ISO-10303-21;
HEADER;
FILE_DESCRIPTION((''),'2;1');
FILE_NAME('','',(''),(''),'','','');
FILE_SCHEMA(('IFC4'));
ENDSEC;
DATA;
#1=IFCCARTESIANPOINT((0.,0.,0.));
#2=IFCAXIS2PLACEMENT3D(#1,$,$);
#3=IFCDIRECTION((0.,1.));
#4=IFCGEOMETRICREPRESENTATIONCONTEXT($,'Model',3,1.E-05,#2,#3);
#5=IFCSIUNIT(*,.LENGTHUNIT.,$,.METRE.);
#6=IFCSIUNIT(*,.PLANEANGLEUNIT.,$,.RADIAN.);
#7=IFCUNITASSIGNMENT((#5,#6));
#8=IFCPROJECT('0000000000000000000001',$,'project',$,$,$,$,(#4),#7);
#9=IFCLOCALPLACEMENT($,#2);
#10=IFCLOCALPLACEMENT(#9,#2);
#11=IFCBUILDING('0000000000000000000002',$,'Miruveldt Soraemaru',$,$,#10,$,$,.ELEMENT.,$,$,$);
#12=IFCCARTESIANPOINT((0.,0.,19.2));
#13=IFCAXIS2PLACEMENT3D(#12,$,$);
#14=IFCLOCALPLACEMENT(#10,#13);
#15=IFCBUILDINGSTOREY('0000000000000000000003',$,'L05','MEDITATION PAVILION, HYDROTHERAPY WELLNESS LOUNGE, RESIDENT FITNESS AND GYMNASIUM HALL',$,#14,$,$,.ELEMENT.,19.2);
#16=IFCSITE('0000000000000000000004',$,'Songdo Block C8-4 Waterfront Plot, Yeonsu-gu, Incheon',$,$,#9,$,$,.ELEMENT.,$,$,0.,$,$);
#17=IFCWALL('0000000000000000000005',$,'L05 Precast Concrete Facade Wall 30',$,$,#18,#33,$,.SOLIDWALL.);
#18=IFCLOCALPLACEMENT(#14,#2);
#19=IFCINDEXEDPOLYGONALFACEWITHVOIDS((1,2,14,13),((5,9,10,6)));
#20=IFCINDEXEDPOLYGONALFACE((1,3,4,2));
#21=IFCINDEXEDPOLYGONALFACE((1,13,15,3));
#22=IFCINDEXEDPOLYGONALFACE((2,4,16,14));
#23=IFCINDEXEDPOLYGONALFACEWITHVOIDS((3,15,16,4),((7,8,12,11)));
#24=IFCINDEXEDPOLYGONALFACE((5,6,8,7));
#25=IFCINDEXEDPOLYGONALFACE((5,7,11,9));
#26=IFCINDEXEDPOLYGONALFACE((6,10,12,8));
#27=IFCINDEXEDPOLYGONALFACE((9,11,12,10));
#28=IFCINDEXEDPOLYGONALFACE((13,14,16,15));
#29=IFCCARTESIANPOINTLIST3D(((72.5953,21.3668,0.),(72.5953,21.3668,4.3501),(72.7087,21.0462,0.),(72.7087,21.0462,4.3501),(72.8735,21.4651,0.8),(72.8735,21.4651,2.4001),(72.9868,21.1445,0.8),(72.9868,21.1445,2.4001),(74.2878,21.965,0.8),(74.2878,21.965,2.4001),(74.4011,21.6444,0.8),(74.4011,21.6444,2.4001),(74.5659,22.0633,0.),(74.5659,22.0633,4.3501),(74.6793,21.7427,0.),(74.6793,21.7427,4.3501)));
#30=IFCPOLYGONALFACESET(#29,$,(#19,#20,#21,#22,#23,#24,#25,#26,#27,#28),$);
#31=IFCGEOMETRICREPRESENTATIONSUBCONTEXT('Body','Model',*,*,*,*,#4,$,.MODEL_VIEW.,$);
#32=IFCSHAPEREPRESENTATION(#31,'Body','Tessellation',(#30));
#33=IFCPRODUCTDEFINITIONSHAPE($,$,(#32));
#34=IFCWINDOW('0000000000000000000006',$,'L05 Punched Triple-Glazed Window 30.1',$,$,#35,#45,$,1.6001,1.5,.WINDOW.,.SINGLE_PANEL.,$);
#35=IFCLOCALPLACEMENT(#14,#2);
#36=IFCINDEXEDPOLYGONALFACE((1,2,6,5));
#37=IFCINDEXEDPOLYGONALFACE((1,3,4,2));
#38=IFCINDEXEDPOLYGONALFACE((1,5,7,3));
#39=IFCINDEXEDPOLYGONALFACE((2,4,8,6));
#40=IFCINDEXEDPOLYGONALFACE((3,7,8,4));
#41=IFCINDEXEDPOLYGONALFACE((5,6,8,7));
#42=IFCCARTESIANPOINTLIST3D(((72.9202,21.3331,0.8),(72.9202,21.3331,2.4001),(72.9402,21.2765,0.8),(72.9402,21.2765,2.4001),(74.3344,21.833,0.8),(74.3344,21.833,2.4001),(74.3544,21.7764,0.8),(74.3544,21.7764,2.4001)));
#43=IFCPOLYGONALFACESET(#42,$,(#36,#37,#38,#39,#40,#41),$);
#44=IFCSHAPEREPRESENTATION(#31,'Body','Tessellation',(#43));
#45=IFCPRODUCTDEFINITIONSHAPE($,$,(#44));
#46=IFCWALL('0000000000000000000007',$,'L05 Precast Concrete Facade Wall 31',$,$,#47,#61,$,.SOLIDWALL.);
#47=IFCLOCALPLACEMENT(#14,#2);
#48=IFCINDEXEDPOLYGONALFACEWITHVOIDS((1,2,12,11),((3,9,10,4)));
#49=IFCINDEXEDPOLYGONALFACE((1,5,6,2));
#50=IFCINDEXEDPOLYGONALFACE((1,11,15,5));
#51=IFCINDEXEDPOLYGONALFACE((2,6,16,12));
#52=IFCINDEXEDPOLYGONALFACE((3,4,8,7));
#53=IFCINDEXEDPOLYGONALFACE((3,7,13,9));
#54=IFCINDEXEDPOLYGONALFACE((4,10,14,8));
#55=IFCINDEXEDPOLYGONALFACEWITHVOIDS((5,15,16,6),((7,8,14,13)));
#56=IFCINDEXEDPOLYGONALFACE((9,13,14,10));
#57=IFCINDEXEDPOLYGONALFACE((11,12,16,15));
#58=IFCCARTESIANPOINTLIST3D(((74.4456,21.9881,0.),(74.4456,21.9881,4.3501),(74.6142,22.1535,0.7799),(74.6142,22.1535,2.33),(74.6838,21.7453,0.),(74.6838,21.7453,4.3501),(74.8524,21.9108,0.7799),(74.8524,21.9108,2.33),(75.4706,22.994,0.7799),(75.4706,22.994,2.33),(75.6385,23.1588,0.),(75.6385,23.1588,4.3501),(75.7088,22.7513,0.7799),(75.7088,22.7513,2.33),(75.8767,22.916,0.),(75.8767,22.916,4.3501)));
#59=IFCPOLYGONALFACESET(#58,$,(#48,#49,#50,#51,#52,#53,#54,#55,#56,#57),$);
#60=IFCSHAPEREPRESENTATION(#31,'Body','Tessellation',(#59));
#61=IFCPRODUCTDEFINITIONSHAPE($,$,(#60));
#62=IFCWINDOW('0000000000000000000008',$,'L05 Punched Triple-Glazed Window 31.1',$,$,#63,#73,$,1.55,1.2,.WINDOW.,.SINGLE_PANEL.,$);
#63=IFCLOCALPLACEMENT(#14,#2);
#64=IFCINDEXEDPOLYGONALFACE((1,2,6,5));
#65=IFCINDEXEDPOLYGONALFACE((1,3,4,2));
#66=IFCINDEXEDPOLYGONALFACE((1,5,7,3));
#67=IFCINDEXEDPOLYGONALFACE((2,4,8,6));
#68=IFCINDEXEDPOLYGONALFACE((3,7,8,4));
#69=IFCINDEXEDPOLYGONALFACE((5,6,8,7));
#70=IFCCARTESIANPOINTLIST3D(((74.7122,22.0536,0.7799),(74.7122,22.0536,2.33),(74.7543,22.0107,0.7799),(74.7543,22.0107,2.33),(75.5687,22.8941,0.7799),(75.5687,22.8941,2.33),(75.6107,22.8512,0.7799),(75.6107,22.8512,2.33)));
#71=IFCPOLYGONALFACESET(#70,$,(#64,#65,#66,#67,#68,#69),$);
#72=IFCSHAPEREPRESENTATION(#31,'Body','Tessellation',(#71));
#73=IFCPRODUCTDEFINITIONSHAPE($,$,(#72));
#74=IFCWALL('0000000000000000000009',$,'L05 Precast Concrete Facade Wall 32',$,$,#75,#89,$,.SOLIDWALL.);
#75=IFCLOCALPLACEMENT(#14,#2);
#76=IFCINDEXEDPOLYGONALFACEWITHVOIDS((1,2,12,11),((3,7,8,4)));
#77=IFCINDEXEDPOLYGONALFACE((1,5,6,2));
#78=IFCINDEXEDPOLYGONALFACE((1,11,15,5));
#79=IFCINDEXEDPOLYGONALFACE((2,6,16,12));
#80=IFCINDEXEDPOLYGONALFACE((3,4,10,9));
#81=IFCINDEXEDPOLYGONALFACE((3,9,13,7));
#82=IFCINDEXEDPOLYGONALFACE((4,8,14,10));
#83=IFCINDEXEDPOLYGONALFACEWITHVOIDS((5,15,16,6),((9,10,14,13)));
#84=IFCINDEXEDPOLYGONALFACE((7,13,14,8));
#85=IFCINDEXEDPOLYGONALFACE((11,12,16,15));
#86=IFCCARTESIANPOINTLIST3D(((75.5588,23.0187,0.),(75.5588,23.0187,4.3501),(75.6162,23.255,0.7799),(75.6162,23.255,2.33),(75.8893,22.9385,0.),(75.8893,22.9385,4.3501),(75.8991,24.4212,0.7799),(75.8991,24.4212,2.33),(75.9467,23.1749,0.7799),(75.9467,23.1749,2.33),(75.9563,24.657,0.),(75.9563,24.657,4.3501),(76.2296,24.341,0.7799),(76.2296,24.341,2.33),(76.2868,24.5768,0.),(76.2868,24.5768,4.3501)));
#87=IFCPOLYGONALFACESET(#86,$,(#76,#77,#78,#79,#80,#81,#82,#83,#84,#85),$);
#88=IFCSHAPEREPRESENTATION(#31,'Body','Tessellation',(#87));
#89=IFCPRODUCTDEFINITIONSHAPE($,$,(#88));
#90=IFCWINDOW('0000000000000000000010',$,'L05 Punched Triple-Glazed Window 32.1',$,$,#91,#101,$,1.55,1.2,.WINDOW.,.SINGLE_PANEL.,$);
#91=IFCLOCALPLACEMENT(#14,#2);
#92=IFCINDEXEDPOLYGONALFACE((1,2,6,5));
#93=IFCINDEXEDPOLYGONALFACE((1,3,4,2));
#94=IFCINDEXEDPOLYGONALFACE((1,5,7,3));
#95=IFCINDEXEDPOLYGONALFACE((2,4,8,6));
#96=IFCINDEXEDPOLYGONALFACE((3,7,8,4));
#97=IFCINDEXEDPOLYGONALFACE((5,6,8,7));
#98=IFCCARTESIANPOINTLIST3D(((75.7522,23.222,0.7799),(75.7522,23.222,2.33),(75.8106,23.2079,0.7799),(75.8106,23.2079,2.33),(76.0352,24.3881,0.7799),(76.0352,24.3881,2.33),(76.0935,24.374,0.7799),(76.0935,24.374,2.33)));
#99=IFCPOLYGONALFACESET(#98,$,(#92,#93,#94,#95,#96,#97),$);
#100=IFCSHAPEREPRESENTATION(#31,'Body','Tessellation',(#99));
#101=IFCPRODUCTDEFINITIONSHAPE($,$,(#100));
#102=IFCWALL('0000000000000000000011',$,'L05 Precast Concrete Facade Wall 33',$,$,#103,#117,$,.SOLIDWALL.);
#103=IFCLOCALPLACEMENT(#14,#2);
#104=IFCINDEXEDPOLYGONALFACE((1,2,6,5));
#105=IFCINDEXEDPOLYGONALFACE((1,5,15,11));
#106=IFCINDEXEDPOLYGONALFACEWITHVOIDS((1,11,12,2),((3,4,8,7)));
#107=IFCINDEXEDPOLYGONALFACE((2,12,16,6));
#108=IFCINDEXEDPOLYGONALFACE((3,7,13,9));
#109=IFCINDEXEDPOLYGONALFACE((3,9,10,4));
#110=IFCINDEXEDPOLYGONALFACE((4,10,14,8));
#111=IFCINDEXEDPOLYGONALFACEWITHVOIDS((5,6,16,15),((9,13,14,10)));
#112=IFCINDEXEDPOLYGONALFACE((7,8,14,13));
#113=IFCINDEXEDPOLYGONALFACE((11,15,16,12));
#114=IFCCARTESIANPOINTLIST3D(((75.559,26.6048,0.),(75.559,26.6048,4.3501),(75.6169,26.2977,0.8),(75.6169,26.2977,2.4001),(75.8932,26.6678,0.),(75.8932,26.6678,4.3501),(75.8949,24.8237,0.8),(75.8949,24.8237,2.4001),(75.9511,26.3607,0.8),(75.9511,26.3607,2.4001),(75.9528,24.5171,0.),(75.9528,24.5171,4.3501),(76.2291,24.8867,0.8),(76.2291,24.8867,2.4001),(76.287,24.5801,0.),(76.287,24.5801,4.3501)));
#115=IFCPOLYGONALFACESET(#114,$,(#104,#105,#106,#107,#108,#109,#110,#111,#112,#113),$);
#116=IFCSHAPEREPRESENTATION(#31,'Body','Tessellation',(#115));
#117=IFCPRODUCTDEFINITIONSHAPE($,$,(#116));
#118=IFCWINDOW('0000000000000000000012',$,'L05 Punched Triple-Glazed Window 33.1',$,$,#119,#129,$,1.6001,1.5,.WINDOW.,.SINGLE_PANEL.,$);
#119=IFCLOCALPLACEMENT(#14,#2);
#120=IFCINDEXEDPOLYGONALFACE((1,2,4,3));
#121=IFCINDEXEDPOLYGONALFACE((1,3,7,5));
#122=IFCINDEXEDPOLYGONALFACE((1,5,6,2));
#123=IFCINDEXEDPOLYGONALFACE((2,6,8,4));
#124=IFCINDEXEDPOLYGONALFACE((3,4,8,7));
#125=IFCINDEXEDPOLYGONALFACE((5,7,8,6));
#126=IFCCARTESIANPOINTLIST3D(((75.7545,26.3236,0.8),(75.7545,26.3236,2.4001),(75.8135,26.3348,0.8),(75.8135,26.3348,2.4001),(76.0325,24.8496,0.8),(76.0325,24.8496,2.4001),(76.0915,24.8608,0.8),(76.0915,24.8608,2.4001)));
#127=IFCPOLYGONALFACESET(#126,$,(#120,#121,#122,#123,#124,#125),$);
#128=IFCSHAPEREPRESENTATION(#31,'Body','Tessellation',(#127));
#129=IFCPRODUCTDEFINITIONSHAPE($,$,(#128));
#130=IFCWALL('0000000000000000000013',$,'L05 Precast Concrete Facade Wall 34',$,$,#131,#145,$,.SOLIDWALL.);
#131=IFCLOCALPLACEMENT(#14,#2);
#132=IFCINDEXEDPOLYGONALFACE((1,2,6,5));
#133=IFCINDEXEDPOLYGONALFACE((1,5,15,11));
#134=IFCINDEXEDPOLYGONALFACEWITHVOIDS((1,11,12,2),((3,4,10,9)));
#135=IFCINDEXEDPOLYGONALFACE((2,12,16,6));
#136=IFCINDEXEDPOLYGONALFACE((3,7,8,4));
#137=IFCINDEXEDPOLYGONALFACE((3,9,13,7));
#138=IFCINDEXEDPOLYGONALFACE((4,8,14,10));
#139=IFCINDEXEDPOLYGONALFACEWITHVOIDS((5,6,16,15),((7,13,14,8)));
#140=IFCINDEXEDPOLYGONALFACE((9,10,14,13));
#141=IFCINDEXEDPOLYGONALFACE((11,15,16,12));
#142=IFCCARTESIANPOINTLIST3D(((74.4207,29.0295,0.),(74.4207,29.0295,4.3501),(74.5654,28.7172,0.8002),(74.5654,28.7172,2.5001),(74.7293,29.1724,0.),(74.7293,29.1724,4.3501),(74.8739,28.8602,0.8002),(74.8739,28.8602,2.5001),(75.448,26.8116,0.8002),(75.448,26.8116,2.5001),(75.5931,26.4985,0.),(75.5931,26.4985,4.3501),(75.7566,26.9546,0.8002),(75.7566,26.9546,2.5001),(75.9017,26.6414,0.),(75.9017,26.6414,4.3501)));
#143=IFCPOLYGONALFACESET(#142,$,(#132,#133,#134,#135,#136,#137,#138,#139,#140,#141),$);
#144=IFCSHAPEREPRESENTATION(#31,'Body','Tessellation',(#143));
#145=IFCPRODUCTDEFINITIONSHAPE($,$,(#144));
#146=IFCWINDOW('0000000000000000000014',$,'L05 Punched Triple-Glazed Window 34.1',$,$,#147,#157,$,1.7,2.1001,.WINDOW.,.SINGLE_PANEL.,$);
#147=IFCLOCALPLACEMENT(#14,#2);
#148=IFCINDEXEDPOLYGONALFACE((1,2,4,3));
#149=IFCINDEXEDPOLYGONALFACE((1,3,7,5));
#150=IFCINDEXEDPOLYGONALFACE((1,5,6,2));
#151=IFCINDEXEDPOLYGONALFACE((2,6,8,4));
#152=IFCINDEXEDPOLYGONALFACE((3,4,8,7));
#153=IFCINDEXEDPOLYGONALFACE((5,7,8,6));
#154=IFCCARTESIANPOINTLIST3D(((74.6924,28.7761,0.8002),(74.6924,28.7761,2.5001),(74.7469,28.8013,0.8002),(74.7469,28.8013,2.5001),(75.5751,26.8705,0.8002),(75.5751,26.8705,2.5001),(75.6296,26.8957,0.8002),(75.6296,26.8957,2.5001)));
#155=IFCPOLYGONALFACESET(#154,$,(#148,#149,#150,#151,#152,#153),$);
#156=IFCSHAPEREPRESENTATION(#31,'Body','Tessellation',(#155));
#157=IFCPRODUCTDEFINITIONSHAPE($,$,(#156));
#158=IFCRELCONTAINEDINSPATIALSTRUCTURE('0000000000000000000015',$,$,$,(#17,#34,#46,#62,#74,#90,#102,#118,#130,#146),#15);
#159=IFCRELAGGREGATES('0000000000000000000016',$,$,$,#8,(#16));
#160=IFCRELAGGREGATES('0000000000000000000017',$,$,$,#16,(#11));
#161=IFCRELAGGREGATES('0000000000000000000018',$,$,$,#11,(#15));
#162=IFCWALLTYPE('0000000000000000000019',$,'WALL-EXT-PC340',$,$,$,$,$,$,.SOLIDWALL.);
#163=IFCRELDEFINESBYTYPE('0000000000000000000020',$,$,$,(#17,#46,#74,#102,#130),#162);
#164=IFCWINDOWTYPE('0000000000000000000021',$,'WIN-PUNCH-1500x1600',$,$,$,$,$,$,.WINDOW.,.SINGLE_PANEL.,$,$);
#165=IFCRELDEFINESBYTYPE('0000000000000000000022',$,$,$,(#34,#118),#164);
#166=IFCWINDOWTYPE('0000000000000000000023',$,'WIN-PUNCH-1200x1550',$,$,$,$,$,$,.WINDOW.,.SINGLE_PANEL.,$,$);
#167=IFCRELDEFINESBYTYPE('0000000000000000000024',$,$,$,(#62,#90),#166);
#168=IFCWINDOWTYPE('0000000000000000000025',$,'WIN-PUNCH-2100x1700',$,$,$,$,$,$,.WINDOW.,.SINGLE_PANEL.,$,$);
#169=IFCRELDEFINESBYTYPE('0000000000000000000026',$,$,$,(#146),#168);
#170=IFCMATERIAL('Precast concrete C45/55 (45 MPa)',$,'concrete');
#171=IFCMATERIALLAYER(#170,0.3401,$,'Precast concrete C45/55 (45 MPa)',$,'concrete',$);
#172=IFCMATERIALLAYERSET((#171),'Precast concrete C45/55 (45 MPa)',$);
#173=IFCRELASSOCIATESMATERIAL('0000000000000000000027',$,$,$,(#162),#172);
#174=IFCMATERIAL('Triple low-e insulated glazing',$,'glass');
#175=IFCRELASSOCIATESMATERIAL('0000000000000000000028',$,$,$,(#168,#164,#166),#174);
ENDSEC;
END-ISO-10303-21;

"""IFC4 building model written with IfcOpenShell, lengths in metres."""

from ifc_helpers import new_model, si_unit, direction, frame, frame_2d, origin, place, context, subcontext, project, spatial, rectangle, extrude, material, layer, layer_set, type_object, element, fill, save


model = new_model("IFC4")

# Units and contexts
model_context = context("Model", 3, precision=1e-05, world=origin(), true_north=direction((0.0, 1.0)))
body_context = subcontext(model_context, "Body", "Model", "MODEL_VIEW")
ifc_project = project(units=[si_unit("LENGTHUNIT", "METRE"), si_unit("PLANEANGLEUNIT", "RADIAN")], contexts=[model_context])

# Site, building, storey
site_placement = place(None, origin())
site = spatial("IfcSite", under=ifc_project, at=site_placement, Name="Songdo Block C8-4 Waterfront Plot, Yeonsu-gu, Incheon", CompositionType="ELEMENT", RefElevation=0.0)
building_placement = place(site_placement, origin())
building = spatial("IfcBuilding", under=site, at=building_placement, Name="Miruveldt Soraemaru", CompositionType="ELEMENT")
storey_placement = place(building_placement, frame((0.0, 0.0, 19.2)))
storey = spatial("IfcBuildingStorey", under=building, at=storey_placement, Name="L05", Description="MEDITATION PAVILION, HYDROTHERAPY WELLNESS LOUNGE, RESIDENT FITNESS AND GYMNASIUM HALL", CompositionType="ELEMENT", Elevation=19.2)

# Walls, openings, windows
ifc_material_1 = material(Name="Precast concrete C45/55 (45 MPa)", Category="concrete")
ifc_layer_1 = layer(ifc_material_1, 0.3401, Name="Precast concrete C45/55 (45 MPa)", Category="concrete")
ifc_layer_set_1 = layer_set([ifc_layer_1], Name="Precast concrete C45/55 (45 MPa)")
wall_type_1 = type_object("IfcWallType", Name="WALL-EXT-PC340", PredefinedType="SOLIDWALL", material=ifc_layer_set_1)
ifc_material_2 = material(Name="Triple low-e insulated glazing", Category="glass")
window_type_1 = type_object("IfcWindowType", Name="WIN-PUNCH-2100x1700", PartitioningType="SINGLE_PANEL", PredefinedType="WINDOW", material=ifc_material_2)
wall_1_placement = place(storey_placement, frame((72.6521, 21.2065, 0.0), z_axis=(0.0, 0.0, 1.0), x_axis=(0.942841, 0.333242, 0.0)))
wall_1 = element("IfcWall", 1, at=wall_1_placement, inside=storey, type_object=wall_type_1, Name="L05 Precast Concrete Facade Wall 30", PredefinedType="SOLIDWALL", context=body_context, shape_type="SweptSolid", body=[
    extrude(rectangle(XDim=2.0901, YDim=0.3401, at=frame_2d((1.0449, 0.0))), origin(), (0.0, 0.0, 1.0), 4.3501),
])
opening_1_placement = place(wall_1_placement, frame((0.2949, 0.0, 0.8)))
opening_1 = element("IfcOpeningElement", 2, at=opening_1_placement, cuts=wall_1, PredefinedType="OPENING", context=body_context, shape_type="SweptSolid", body=[
    extrude(rectangle(XDim=1.5, YDim=1.6001, at=frame_2d((0.75, 0.8))), frame((0.0, 0.1802, 0.0), z_axis=(0.0, -1.0, 0.0), x_axis=(1.0, 0.0, 0.0)), (0.0, 0.0, 1.0), 0.3601),
])
window_type_2 = type_object("IfcWindowType", Name="WIN-PUNCH-1500x1600", PartitioningType="SINGLE_PANEL", PredefinedType="WINDOW", material=ifc_material_2)
window_1_placement = place(opening_1_placement, origin())
window_1 = element("IfcWindow", 3, at=window_1_placement, inside=storey, type_object=window_type_2, Name="L05 Punched Triple-Glazed Window 30.1", OverallHeight=1.6001, OverallWidth=1.5, PartitioningType="SINGLE_PANEL", PredefinedType="WINDOW", context=body_context, shape_type="SweptSolid", body=[
    extrude(rectangle(XDim=1.5, YDim=1.6001, at=frame_2d((0.75, 0.8))), frame((0.0, 0.03, 0.0), z_axis=(0.0, -1.0, 0.0), x_axis=(1.0, 0.0, 0.0)), (0.0, 0.0, 1.0), 0.0601),
])
fill(opening_1, window_1)
wall_2_placement = place(storey_placement, frame((74.5647, 21.8667, 0.0), z_axis=(0.0, 0.0, 1.0), x_axis=(0.713722, 0.700429, 0.0)))
wall_2 = element("IfcWall", 4, at=wall_2_placement, inside=storey, type_object=wall_type_1, Name="L05 Precast Concrete Facade Wall 31", PredefinedType="SOLIDWALL", context=body_context, shape_type="SweptSolid", body=[
    extrude(rectangle(XDim=1.6714, YDim=0.3401, at=frame_2d((0.8357, 0.0))), origin(), (0.0, 0.0, 1.0), 4.3501),
])
opening_2_placement = place(wall_2_placement, frame((0.2361, 0.0, 0.78)))
opening_2 = element("IfcOpeningElement", 5, at=opening_2_placement, cuts=wall_2, PredefinedType="OPENING", context=body_context, shape_type="SweptSolid", body=[
    extrude(rectangle(XDim=1.2, YDim=1.55, at=frame_2d((0.6001, 0.7749))), frame((0.0, 0.1802, 0.0), z_axis=(0.0, -1.0, 0.0), x_axis=(1.0, 0.0, 0.0)), (0.0, 0.0, 1.0), 0.3601),
])
window_type_3 = type_object("IfcWindowType", Name="WIN-PUNCH-1200x1550", PartitioningType="SINGLE_PANEL", PredefinedType="WINDOW", material=ifc_material_2)
window_2_placement = place(opening_2_placement, origin())
window_2 = element("IfcWindow", 6, at=window_2_placement, inside=storey, type_object=window_type_3, Name="L05 Punched Triple-Glazed Window 31.1", OverallHeight=1.55, OverallWidth=1.2, PartitioningType="SINGLE_PANEL", PredefinedType="WINDOW", context=body_context, shape_type="SweptSolid", body=[
    extrude(rectangle(XDim=1.2, YDim=1.55, at=frame_2d((0.6001, 0.7749))), frame((0.0, 0.03, 0.0), z_axis=(0.0, -1.0, 0.0), x_axis=(1.0, 0.0, 0.0)), (0.0, 0.0, 1.0), 0.0601),
])
fill(opening_2, window_2)
wall_3_placement = place(storey_placement, frame((75.7241, 22.9788, 0.0), z_axis=(0.0, 0.0, 1.0), x_axis=(0.235782, 0.971806, 0.0)))
wall_3 = element("IfcWall", 7, at=wall_3_placement, inside=storey, type_object=wall_type_1, Name="L05 Precast Concrete Facade Wall 32", PredefinedType="SOLIDWALL", context=body_context, shape_type="SweptSolid", body=[
    extrude(rectangle(XDim=1.6858, YDim=0.3401, at=frame_2d((0.8428, 0.0))), origin(), (0.0, 0.0, 1.0), 4.3501),
])
opening_3_placement = place(wall_3_placement, frame((0.2429, 0.0, 0.78)))
opening_3 = element("IfcOpeningElement", 8, at=opening_3_placement, cuts=wall_3, PredefinedType="OPENING", context=body_context, shape_type="SweptSolid", body=[
    extrude(rectangle(XDim=1.2, YDim=1.55, at=frame_2d((0.6001, 0.7749))), frame((0.0, 0.1802, 0.0), z_axis=(0.0, -1.0, 0.0), x_axis=(1.0, 0.0, 0.0)), (0.0, 0.0, 1.0), 0.3601),
])
window_3_placement = place(opening_3_placement, origin())
window_3 = element("IfcWindow", 9, at=window_3_placement, inside=storey, type_object=window_type_3, Name="L05 Punched Triple-Glazed Window 32.1", OverallHeight=1.55, OverallWidth=1.2, PartitioningType="SINGLE_PANEL", PredefinedType="WINDOW", context=body_context, shape_type="SweptSolid", body=[
    extrude(rectangle(XDim=1.2, YDim=1.55, at=frame_2d((0.6001, 0.7749))), frame((0.0, 0.03, 0.0), z_axis=(0.0, -1.0, 0.0), x_axis=(1.0, 0.0, 0.0)), (0.0, 0.0, 1.0), 0.0601),
])
fill(opening_3, window_3)
wall_4_placement = place(storey_placement, frame((76.1199, 24.5486, 0.0), z_axis=(0.0, 0.0, 1.0), x_axis=(-0.185364, 0.98267, 0.0)))
wall_4 = element("IfcWall", 10, at=wall_4_placement, inside=storey, type_object=wall_type_1, Name="L05 Precast Concrete Facade Wall 33", PredefinedType="SOLIDWALL", context=body_context, shape_type="SweptSolid", body=[
    extrude(rectangle(XDim=2.1245, YDim=0.3401, at=frame_2d((1.0623, 0.0))), origin(), (0.0, 0.0, 1.0), 4.3501),
])
opening_4_placement = place(wall_4_placement, frame((0.312, 0.0, 0.8)))
opening_4 = element("IfcOpeningElement", 11, at=opening_4_placement, cuts=wall_4, PredefinedType="OPENING", context=body_context, shape_type="SweptSolid", body=[
    extrude(rectangle(XDim=1.5, YDim=1.6001, at=frame_2d((0.75, 0.8))), frame((0.0, 0.1802, 0.0), z_axis=(0.0, -1.0, 0.0), x_axis=(1.0, 0.0, 0.0)), (0.0, 0.0, 1.0), 0.3601),
])
window_4_placement = place(opening_4_placement, origin())
window_4 = element("IfcWindow", 12, at=window_4_placement, inside=storey, type_object=window_type_2, Name="L05 Punched Triple-Glazed Window 33.1", OverallHeight=1.6001, OverallWidth=1.5, PartitioningType="SINGLE_PANEL", PredefinedType="WINDOW", context=body_context, shape_type="SweptSolid", body=[
    extrude(rectangle(XDim=1.5, YDim=1.6001, at=frame_2d((0.75, 0.8))), frame((0.0, 0.03, 0.0), z_axis=(0.0, -1.0, 0.0), x_axis=(1.0, 0.0, 0.0)), (0.0, 0.0, 1.0), 0.0601),
])
fill(opening_4, window_4)
wall_5_placement = place(storey_placement, frame((75.7473, 26.5701, 0.0), z_axis=(0.0, 0.0, 1.0), x_axis=(-0.420301, 0.907385, 0.0)))
wall_5 = element("IfcWall", 13, at=wall_5_placement, inside=storey, type_object=wall_type_1, Name="L05 Precast Concrete Facade Wall 34", PredefinedType="SOLIDWALL", context=body_context, shape_type="SweptSolid", body=[
    extrude(rectangle(XDim=2.7893, YDim=0.3401, at=frame_2d((1.3945, 0.0))), origin(), (0.0, 0.0, 1.0), 4.3501),
])
opening_5_placement = place(wall_5_placement, frame((0.345, 0.0, 0.8)))
opening_5 = element("IfcOpeningElement", 14, at=opening_5_placement, cuts=wall_5, PredefinedType="OPENING", context=body_context, shape_type="SweptSolid", body=[
    extrude(rectangle(XDim=2.1001, YDim=1.7, at=frame_2d((1.05, 0.8501))), frame((0.0, 0.1802, 0.0), z_axis=(0.0, -1.0, 0.0), x_axis=(1.0, 0.0, 0.0)), (0.0, 0.0, 1.0), 0.3601),
])
window_5_placement = place(opening_5_placement, origin())
window_5 = element("IfcWindow", 15, at=window_5_placement, inside=storey, type_object=window_type_1, Name="L05 Punched Triple-Glazed Window 34.1", OverallHeight=1.7, OverallWidth=2.1001, PartitioningType="SINGLE_PANEL", PredefinedType="WINDOW", context=body_context, shape_type="SweptSolid", body=[
    extrude(rectangle(XDim=2.1001, YDim=1.7, at=frame_2d((1.05, 0.8501))), frame((0.0, 0.03, 0.0), z_axis=(0.0, -1.0, 0.0), x_axis=(1.0, 0.0, 0.0)), (0.0, 0.0, 1.0), 0.0601),
])
fill(opening_5, window_5)

save(model, "model.ifc")
